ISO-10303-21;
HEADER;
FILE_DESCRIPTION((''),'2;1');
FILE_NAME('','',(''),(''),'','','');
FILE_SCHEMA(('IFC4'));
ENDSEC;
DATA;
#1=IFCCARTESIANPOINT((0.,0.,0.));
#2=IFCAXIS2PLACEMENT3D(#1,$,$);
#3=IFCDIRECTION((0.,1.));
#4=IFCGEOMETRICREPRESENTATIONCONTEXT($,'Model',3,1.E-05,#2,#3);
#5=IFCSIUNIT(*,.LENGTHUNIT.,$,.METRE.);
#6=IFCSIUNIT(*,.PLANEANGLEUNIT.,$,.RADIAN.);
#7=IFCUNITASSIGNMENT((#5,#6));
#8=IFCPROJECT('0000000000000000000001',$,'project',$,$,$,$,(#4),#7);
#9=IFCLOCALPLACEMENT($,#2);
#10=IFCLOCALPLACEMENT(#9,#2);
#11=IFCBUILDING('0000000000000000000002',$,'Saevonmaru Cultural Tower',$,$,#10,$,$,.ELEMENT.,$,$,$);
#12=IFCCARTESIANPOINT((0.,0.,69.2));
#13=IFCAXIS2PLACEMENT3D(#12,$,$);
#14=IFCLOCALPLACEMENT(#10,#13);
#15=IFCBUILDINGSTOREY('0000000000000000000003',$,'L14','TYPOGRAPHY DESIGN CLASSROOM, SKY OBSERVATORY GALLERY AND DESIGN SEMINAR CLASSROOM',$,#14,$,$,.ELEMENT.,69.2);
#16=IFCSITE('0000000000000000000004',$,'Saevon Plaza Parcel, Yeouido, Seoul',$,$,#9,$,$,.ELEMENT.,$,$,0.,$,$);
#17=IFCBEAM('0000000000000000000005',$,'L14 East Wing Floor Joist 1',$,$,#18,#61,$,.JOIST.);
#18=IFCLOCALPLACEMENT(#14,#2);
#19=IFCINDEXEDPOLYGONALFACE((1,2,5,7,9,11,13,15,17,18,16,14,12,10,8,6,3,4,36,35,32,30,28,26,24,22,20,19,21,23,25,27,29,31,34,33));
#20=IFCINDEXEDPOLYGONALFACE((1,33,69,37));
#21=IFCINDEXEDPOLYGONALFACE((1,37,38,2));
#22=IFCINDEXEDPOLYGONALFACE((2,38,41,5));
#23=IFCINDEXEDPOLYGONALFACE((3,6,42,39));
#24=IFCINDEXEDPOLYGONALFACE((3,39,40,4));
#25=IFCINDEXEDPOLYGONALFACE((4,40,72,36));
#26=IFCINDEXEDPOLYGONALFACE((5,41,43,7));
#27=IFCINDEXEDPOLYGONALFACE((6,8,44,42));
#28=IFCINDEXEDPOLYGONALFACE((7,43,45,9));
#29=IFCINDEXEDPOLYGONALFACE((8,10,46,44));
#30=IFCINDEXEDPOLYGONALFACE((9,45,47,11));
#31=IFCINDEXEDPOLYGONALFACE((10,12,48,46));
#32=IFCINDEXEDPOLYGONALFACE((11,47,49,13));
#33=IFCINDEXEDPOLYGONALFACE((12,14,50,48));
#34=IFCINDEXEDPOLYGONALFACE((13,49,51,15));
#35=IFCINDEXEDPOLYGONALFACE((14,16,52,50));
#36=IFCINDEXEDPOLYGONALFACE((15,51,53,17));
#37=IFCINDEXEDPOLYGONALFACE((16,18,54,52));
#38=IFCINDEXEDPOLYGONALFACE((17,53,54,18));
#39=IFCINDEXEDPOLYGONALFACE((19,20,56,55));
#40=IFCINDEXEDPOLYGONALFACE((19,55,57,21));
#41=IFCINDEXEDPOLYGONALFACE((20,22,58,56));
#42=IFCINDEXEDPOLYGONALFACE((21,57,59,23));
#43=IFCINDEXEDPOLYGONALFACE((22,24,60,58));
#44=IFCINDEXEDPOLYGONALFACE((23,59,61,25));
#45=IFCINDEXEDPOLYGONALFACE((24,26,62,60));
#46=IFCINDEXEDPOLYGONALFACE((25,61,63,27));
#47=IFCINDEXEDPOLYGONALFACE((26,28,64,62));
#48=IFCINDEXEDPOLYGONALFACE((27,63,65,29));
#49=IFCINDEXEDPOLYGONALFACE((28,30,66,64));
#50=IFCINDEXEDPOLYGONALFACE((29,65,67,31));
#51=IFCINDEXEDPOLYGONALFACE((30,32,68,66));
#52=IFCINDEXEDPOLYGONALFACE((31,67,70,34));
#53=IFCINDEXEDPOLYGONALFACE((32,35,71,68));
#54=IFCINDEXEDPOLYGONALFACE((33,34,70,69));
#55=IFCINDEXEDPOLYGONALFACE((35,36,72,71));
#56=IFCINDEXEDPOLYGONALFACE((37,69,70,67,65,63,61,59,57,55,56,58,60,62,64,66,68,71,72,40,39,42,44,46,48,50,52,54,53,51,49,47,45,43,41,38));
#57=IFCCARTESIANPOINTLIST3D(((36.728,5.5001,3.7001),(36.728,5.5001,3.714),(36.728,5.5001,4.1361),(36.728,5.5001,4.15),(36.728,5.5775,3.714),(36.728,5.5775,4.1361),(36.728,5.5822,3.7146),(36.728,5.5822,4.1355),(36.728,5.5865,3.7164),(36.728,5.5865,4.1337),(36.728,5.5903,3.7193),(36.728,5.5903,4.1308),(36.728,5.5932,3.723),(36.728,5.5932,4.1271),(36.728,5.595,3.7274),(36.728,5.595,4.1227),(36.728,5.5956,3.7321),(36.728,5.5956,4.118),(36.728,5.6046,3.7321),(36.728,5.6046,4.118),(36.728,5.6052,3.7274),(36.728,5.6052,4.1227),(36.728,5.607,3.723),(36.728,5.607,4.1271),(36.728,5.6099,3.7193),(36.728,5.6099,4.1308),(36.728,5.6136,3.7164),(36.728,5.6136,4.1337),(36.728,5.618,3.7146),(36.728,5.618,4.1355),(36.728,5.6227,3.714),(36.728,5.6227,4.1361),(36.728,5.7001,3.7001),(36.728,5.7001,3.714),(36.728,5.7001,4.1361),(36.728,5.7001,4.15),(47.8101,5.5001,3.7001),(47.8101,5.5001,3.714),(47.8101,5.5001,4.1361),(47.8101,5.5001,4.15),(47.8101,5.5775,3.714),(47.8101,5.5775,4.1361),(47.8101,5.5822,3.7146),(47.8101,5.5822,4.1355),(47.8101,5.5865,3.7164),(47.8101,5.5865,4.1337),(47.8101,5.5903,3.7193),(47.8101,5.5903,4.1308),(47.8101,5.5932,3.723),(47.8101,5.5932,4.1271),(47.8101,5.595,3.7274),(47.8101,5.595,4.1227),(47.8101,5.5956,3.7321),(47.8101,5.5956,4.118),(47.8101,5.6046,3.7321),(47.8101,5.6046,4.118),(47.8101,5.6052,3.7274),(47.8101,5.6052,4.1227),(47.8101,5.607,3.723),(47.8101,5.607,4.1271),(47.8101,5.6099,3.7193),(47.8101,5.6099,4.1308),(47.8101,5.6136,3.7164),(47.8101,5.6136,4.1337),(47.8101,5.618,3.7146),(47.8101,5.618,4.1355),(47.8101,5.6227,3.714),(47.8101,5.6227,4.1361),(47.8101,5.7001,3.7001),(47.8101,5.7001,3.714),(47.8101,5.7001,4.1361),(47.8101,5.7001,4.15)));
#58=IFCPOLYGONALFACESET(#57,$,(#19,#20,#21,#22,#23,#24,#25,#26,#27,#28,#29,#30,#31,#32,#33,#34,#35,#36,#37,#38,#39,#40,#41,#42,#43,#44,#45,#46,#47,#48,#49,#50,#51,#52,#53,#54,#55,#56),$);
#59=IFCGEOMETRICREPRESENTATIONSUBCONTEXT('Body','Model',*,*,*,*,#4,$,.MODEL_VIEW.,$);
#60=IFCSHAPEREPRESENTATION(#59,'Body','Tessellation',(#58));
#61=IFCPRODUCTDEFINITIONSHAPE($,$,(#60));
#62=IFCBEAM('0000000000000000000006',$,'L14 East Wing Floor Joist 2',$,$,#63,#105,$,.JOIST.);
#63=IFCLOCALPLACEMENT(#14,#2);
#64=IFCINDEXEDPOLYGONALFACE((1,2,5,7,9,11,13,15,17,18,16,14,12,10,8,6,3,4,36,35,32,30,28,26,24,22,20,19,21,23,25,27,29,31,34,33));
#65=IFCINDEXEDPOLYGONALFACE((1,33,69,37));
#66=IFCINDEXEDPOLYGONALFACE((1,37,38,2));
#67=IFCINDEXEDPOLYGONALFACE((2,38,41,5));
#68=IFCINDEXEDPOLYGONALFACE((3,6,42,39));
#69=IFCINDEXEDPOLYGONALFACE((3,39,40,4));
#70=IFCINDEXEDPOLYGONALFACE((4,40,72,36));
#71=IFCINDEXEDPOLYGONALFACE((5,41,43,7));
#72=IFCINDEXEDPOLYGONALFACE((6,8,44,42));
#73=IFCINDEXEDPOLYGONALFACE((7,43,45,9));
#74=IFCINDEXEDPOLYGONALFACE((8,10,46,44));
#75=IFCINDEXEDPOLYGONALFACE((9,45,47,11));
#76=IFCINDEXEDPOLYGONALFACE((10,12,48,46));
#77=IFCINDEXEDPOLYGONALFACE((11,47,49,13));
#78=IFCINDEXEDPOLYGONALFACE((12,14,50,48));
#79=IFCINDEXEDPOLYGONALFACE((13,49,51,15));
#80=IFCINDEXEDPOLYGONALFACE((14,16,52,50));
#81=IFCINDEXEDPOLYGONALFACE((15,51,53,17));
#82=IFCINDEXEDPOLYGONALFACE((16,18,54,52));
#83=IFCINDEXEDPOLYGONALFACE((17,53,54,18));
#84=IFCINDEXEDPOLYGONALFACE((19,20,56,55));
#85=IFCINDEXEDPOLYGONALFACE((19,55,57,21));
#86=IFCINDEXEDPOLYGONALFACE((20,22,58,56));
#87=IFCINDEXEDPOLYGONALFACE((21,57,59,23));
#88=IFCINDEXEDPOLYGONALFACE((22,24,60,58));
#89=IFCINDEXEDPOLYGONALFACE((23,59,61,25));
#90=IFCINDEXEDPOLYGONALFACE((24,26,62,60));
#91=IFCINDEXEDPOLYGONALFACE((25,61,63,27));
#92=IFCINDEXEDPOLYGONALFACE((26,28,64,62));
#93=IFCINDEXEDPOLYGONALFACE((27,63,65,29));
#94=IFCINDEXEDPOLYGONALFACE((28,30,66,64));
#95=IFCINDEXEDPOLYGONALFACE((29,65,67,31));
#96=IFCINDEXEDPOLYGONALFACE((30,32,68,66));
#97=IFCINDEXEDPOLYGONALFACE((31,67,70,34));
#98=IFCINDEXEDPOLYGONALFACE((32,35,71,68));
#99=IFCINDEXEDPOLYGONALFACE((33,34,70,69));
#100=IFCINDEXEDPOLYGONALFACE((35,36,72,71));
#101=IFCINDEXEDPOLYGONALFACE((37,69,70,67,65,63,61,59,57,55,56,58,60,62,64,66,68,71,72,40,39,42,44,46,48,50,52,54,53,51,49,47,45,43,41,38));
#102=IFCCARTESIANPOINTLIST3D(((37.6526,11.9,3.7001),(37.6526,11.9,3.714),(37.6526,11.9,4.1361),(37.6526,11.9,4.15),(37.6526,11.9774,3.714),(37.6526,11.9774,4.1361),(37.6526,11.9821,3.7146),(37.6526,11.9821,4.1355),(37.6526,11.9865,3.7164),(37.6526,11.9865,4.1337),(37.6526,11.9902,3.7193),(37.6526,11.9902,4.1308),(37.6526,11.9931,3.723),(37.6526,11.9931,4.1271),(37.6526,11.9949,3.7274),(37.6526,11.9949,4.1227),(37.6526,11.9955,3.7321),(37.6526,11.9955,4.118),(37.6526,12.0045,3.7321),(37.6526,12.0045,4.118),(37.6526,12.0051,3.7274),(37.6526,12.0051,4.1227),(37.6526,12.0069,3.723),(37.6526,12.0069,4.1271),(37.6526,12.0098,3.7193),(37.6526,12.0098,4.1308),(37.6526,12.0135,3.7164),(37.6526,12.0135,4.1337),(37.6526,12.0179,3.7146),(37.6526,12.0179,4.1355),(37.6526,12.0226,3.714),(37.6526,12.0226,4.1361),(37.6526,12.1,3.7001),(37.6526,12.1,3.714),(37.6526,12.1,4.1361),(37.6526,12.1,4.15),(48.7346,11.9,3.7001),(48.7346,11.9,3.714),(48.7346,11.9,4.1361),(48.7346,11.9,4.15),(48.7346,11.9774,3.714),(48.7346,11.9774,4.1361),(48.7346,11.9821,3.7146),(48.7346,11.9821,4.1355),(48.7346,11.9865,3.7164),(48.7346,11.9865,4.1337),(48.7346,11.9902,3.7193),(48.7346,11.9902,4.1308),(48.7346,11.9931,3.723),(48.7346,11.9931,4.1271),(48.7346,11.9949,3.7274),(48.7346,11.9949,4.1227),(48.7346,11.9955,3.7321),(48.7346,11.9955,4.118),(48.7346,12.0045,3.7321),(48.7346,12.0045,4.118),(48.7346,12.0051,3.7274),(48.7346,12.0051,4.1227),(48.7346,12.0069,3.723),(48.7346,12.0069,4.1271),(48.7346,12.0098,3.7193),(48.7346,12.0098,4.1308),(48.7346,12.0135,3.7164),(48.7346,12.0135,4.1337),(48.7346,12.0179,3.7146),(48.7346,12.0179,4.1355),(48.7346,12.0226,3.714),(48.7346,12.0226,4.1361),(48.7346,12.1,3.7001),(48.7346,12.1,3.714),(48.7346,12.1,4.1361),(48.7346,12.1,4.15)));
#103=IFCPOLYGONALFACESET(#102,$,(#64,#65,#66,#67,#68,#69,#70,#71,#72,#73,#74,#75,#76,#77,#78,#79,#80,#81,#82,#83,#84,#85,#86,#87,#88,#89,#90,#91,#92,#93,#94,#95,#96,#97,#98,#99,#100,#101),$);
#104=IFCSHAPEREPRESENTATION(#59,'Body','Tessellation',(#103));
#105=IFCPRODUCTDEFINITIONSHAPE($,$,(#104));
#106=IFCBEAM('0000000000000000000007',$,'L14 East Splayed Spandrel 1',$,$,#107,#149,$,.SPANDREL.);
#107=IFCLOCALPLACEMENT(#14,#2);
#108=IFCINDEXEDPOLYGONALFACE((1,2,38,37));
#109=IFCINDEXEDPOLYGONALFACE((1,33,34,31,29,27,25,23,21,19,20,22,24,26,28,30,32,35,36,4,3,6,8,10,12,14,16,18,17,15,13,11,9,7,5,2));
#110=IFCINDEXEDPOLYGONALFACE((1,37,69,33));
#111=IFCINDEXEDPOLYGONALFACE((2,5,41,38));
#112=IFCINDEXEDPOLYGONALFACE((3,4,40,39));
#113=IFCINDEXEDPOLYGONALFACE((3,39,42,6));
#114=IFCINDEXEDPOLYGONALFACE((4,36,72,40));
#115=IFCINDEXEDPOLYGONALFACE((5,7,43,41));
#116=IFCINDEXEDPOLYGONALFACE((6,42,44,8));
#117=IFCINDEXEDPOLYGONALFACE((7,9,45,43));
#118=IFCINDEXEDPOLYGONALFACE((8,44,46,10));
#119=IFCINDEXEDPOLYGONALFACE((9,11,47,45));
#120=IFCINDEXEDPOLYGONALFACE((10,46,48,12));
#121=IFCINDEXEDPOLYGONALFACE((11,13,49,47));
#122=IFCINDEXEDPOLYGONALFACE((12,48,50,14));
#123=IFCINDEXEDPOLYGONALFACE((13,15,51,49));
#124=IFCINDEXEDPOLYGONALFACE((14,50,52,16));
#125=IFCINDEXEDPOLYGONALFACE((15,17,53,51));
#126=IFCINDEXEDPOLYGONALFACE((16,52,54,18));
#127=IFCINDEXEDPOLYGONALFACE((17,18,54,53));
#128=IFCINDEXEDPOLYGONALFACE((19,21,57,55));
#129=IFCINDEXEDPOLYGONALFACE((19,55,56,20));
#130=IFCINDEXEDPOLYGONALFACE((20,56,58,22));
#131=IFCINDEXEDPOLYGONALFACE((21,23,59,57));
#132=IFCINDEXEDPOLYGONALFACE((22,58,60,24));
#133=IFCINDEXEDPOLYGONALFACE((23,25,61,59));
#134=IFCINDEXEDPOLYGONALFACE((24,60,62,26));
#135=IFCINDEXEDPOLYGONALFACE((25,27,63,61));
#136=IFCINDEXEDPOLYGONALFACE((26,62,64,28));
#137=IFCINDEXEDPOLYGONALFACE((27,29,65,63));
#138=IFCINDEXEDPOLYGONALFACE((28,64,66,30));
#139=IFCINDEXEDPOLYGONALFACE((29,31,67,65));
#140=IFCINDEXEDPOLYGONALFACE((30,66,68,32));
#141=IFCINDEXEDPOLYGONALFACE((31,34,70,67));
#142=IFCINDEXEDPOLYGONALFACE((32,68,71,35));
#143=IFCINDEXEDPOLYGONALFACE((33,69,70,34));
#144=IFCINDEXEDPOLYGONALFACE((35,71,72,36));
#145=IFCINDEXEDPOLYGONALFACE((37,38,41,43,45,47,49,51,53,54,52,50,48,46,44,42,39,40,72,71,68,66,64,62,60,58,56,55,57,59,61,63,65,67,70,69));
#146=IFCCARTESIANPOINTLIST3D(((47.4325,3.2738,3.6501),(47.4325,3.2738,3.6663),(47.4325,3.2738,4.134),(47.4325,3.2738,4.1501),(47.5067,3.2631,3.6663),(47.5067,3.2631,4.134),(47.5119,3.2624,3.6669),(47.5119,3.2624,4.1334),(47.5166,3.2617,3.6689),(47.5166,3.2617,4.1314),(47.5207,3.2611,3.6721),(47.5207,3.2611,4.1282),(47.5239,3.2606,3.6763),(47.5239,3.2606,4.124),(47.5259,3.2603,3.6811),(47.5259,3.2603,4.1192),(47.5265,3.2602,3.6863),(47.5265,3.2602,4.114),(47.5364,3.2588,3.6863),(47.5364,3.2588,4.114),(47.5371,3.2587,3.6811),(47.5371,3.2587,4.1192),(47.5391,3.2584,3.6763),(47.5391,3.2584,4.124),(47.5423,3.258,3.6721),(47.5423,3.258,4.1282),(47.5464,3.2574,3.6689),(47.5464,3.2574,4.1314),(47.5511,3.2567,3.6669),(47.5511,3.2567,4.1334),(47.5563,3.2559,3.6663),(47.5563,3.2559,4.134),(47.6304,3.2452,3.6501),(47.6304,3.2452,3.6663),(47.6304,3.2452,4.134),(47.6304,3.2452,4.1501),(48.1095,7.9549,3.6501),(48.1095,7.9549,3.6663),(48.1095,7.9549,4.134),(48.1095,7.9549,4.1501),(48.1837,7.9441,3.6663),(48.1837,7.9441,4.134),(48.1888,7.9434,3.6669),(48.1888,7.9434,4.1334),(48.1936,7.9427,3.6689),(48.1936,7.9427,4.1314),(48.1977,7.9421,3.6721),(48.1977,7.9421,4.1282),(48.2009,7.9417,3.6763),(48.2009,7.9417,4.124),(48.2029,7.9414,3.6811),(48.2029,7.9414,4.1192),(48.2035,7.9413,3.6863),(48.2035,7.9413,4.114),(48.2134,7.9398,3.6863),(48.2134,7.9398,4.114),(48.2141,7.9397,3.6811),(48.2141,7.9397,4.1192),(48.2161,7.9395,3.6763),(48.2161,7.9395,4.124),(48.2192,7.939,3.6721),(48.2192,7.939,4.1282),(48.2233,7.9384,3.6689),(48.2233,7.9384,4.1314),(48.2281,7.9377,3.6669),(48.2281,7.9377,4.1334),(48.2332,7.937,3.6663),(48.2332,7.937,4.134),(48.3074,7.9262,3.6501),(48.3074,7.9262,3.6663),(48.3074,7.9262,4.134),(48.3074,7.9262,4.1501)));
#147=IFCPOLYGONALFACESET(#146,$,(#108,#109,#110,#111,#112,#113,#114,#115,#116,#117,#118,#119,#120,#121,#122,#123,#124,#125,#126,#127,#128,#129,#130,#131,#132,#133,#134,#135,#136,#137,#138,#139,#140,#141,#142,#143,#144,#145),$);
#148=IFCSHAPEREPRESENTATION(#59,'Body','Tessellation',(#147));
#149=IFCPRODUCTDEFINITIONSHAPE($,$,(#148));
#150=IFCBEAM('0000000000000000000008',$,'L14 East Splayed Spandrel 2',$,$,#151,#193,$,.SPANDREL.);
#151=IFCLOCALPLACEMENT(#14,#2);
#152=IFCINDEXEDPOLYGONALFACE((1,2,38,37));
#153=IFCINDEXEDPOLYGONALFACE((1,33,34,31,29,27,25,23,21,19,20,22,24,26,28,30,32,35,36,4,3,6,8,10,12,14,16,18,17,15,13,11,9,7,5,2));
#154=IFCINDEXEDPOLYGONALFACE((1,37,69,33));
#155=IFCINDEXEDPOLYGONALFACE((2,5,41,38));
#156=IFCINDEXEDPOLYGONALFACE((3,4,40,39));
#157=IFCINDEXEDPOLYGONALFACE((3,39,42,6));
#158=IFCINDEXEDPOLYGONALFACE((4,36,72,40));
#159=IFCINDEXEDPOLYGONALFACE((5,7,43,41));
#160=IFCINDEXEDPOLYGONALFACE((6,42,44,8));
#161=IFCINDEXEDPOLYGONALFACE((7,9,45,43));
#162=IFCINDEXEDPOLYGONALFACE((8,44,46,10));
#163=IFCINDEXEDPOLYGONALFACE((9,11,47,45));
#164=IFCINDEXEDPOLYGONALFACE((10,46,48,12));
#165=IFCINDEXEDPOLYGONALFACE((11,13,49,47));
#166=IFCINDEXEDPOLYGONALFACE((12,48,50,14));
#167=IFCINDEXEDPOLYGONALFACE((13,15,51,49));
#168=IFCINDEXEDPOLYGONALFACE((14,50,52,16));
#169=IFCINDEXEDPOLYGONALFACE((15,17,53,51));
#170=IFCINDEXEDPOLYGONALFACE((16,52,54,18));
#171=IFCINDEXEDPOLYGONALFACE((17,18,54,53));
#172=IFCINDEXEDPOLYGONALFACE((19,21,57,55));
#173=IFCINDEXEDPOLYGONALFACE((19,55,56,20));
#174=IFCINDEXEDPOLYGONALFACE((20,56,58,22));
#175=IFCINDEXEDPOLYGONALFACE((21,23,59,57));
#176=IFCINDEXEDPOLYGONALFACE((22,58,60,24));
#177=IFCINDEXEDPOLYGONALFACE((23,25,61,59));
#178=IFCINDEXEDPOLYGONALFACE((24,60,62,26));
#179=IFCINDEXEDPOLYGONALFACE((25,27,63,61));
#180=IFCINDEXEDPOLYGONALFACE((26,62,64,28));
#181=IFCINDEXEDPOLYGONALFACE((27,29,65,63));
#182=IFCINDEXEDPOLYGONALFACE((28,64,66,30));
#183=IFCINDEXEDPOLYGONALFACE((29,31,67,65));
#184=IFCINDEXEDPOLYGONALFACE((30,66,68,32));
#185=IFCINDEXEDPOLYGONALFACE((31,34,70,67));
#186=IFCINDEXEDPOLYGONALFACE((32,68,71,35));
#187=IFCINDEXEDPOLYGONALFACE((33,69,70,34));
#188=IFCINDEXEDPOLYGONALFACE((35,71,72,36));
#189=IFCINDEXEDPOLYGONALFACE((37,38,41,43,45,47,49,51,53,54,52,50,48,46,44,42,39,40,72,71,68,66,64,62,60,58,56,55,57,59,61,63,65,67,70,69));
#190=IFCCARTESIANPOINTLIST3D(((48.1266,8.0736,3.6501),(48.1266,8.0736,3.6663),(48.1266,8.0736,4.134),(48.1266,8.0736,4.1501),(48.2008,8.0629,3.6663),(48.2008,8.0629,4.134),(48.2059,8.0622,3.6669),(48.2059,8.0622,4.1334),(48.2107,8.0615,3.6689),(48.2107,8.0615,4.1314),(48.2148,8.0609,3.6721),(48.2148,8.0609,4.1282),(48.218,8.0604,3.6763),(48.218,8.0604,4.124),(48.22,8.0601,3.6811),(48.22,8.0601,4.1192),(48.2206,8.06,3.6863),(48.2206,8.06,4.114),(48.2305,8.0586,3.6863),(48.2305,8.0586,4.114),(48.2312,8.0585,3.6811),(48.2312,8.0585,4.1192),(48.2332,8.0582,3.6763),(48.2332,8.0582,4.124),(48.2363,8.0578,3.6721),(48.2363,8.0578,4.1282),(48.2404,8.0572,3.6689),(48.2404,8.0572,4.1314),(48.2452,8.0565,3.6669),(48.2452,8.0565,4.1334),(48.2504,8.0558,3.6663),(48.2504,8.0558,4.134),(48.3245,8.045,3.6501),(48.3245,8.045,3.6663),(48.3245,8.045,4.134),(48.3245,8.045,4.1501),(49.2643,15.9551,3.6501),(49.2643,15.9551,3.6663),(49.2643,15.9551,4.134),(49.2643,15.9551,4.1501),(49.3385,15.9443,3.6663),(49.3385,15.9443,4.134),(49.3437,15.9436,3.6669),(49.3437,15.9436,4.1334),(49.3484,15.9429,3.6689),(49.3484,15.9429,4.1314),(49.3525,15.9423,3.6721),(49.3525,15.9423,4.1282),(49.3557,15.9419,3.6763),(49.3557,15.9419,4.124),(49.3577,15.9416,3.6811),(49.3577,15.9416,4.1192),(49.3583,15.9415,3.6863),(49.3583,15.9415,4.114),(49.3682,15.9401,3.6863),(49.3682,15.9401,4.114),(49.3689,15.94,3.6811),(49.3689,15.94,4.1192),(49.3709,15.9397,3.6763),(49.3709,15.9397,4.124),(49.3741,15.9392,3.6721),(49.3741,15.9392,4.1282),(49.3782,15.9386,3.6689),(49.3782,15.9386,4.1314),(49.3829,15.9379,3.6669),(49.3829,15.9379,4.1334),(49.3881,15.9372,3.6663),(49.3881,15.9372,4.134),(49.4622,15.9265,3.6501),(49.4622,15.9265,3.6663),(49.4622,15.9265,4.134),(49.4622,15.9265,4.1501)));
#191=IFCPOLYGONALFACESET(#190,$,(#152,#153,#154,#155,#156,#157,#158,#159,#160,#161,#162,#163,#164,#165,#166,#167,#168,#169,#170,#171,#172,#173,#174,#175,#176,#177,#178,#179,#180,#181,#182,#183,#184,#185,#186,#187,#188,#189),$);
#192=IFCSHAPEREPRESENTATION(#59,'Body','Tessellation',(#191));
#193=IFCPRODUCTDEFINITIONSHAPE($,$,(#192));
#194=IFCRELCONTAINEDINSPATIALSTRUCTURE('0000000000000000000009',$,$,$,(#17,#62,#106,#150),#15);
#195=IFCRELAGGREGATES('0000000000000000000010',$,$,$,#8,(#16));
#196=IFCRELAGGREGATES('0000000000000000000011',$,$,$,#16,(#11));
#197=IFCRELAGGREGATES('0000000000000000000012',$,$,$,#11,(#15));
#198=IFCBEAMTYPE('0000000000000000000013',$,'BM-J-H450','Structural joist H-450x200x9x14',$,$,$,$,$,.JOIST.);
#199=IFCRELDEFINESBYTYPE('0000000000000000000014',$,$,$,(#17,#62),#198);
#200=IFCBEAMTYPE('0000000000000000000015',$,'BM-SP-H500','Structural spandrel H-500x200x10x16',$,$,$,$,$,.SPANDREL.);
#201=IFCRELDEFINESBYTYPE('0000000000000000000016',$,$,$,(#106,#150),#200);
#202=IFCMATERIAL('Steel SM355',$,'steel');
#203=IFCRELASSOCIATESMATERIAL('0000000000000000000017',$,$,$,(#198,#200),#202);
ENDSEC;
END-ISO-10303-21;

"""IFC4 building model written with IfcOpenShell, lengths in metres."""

from ifc_helpers import new_model, si_unit, direction, frame, origin, origin_2d, place, context, subcontext, project, spatial, i_section, extrude, material, material_profile, profile_set, type_object, element, save


model = new_model("IFC4")

# Units and contexts
model_context = context("Model", 3, precision=1e-05, world=origin(), true_north=direction((0.0, 1.0)))
body_context = subcontext(model_context, "Body", "Model", "MODEL_VIEW")
ifc_project = project(units=[si_unit("LENGTHUNIT", "METRE"), si_unit("PLANEANGLEUNIT", "RADIAN")], contexts=[model_context])

# Site, building, storey
site_placement = place(None, origin())
site = spatial("IfcSite", under=ifc_project, at=site_placement, Name="Saevon Plaza Parcel, Yeouido, Seoul", CompositionType="ELEMENT", RefElevation=0.0)
building_placement = place(site_placement, origin())
building = spatial("IfcBuilding", under=site, at=building_placement, Name="Saevonmaru Cultural Tower", CompositionType="ELEMENT")
storey_placement = place(building_placement, frame((0.0, 0.0, 69.2)))
storey = spatial("IfcBuildingStorey", under=building, at=storey_placement, Name="L14", Description="TYPOGRAPHY DESIGN CLASSROOM, SKY OBSERVATORY GALLERY AND DESIGN SEMINAR CLASSROOM", CompositionType="ELEMENT", Elevation=69.2)

# Beams
ifc_material_1 = material(Name="Steel SM355", Category="steel")
ifc_material_profile_1 = material_profile(ifc_material_1, i_section(OverallWidth=0.2, OverallDepth=0.45, WebThickness=0.009, FlangeThickness=0.0139, FilletRadius=0.0181, at=origin_2d()), Name="H-450x200x9x14")
ifc_profile_set_1 = profile_set([ifc_material_profile_1], Name="Steel SM355")
beam_type_1 = type_object("IfcBeamType", Name="BM-J-H450", Description="Structural joist H-450x200x9x14", PredefinedType="JOIST", material=ifc_profile_set_1)
for number, where, z_axis, x_axis, name in (
    (1, (36.728, 5.6001, 3.925), (1.0, 0.0, 0.0), (0.0, 1.0, 0.0), "L14 East Wing Floor Joist 1"),
    (2, (37.6526, 12.0, 3.925), (1.0, 0.0, 0.0), (0.0, 1.0, 0.0), "L14 East Wing Floor Joist 2"),
):
    element("IfcBeam", number, at=place(storey_placement, frame(where, z_axis=z_axis, x_axis=x_axis)), inside=storey, type_object=beam_type_1, Name=name, PredefinedType="JOIST", context=body_context, shape_type="SweptSolid", body=[
        extrude(i_section(OverallWidth=0.2, OverallDepth=0.45, WebThickness=0.009, FlangeThickness=0.0139, FilletRadius=0.0181, at=origin_2d()), origin(), (0.0, 0.0, 1.0), 11.082),
    ])
ifc_material_profile_2 = material_profile(ifc_material_1, i_section(OverallWidth=0.2, OverallDepth=0.5, WebThickness=0.01, FlangeThickness=0.0161, FilletRadius=0.02, at=origin_2d()), Name="H-500x200x10x16")
ifc_profile_set_2 = profile_set([ifc_material_profile_2], Name="Steel SM355")
beam_type_2 = type_object("IfcBeamType", Name="BM-SP-H500", Description="Structural spandrel H-500x200x10x16", PredefinedType="SPANDREL", material=ifc_profile_set_2)
beam_1_placement = place(storey_placement, frame((47.5315, 3.2595, 3.9001), z_axis=(0.143134, 0.989703, 0.0), x_axis=(-0.989703, 0.143134, 0.0)))
element("IfcBeam", 3, at=beam_1_placement, inside=storey, type_object=beam_type_2, Name="L14 East Splayed Spandrel 1", PredefinedType="SPANDREL", context=body_context, shape_type="SweptSolid", body=[
    extrude(i_section(OverallWidth=0.2, OverallDepth=0.5, WebThickness=0.01, FlangeThickness=0.0161, FilletRadius=0.02, at=origin_2d()), origin(), (0.0, 0.0, 1.0), 4.7297),
])
beam_2_placement = place(storey_placement, frame((48.2256, 8.0593, 3.9001), z_axis=(0.142872, 0.989741, 0.0), x_axis=(-0.989741, 0.142872, 0.0)))
element("IfcBeam", 4, at=beam_2_placement, inside=storey, type_object=beam_type_2, Name="L14 East Splayed Spandrel 2", PredefinedType="SPANDREL", context=body_context, shape_type="SweptSolid", body=[
    extrude(i_section(OverallWidth=0.2, OverallDepth=0.5, WebThickness=0.01, FlangeThickness=0.0161, FilletRadius=0.02, at=origin_2d()), origin(), (0.0, 0.0, 1.0), 7.9631),
])

save(model, "model.ifc")
